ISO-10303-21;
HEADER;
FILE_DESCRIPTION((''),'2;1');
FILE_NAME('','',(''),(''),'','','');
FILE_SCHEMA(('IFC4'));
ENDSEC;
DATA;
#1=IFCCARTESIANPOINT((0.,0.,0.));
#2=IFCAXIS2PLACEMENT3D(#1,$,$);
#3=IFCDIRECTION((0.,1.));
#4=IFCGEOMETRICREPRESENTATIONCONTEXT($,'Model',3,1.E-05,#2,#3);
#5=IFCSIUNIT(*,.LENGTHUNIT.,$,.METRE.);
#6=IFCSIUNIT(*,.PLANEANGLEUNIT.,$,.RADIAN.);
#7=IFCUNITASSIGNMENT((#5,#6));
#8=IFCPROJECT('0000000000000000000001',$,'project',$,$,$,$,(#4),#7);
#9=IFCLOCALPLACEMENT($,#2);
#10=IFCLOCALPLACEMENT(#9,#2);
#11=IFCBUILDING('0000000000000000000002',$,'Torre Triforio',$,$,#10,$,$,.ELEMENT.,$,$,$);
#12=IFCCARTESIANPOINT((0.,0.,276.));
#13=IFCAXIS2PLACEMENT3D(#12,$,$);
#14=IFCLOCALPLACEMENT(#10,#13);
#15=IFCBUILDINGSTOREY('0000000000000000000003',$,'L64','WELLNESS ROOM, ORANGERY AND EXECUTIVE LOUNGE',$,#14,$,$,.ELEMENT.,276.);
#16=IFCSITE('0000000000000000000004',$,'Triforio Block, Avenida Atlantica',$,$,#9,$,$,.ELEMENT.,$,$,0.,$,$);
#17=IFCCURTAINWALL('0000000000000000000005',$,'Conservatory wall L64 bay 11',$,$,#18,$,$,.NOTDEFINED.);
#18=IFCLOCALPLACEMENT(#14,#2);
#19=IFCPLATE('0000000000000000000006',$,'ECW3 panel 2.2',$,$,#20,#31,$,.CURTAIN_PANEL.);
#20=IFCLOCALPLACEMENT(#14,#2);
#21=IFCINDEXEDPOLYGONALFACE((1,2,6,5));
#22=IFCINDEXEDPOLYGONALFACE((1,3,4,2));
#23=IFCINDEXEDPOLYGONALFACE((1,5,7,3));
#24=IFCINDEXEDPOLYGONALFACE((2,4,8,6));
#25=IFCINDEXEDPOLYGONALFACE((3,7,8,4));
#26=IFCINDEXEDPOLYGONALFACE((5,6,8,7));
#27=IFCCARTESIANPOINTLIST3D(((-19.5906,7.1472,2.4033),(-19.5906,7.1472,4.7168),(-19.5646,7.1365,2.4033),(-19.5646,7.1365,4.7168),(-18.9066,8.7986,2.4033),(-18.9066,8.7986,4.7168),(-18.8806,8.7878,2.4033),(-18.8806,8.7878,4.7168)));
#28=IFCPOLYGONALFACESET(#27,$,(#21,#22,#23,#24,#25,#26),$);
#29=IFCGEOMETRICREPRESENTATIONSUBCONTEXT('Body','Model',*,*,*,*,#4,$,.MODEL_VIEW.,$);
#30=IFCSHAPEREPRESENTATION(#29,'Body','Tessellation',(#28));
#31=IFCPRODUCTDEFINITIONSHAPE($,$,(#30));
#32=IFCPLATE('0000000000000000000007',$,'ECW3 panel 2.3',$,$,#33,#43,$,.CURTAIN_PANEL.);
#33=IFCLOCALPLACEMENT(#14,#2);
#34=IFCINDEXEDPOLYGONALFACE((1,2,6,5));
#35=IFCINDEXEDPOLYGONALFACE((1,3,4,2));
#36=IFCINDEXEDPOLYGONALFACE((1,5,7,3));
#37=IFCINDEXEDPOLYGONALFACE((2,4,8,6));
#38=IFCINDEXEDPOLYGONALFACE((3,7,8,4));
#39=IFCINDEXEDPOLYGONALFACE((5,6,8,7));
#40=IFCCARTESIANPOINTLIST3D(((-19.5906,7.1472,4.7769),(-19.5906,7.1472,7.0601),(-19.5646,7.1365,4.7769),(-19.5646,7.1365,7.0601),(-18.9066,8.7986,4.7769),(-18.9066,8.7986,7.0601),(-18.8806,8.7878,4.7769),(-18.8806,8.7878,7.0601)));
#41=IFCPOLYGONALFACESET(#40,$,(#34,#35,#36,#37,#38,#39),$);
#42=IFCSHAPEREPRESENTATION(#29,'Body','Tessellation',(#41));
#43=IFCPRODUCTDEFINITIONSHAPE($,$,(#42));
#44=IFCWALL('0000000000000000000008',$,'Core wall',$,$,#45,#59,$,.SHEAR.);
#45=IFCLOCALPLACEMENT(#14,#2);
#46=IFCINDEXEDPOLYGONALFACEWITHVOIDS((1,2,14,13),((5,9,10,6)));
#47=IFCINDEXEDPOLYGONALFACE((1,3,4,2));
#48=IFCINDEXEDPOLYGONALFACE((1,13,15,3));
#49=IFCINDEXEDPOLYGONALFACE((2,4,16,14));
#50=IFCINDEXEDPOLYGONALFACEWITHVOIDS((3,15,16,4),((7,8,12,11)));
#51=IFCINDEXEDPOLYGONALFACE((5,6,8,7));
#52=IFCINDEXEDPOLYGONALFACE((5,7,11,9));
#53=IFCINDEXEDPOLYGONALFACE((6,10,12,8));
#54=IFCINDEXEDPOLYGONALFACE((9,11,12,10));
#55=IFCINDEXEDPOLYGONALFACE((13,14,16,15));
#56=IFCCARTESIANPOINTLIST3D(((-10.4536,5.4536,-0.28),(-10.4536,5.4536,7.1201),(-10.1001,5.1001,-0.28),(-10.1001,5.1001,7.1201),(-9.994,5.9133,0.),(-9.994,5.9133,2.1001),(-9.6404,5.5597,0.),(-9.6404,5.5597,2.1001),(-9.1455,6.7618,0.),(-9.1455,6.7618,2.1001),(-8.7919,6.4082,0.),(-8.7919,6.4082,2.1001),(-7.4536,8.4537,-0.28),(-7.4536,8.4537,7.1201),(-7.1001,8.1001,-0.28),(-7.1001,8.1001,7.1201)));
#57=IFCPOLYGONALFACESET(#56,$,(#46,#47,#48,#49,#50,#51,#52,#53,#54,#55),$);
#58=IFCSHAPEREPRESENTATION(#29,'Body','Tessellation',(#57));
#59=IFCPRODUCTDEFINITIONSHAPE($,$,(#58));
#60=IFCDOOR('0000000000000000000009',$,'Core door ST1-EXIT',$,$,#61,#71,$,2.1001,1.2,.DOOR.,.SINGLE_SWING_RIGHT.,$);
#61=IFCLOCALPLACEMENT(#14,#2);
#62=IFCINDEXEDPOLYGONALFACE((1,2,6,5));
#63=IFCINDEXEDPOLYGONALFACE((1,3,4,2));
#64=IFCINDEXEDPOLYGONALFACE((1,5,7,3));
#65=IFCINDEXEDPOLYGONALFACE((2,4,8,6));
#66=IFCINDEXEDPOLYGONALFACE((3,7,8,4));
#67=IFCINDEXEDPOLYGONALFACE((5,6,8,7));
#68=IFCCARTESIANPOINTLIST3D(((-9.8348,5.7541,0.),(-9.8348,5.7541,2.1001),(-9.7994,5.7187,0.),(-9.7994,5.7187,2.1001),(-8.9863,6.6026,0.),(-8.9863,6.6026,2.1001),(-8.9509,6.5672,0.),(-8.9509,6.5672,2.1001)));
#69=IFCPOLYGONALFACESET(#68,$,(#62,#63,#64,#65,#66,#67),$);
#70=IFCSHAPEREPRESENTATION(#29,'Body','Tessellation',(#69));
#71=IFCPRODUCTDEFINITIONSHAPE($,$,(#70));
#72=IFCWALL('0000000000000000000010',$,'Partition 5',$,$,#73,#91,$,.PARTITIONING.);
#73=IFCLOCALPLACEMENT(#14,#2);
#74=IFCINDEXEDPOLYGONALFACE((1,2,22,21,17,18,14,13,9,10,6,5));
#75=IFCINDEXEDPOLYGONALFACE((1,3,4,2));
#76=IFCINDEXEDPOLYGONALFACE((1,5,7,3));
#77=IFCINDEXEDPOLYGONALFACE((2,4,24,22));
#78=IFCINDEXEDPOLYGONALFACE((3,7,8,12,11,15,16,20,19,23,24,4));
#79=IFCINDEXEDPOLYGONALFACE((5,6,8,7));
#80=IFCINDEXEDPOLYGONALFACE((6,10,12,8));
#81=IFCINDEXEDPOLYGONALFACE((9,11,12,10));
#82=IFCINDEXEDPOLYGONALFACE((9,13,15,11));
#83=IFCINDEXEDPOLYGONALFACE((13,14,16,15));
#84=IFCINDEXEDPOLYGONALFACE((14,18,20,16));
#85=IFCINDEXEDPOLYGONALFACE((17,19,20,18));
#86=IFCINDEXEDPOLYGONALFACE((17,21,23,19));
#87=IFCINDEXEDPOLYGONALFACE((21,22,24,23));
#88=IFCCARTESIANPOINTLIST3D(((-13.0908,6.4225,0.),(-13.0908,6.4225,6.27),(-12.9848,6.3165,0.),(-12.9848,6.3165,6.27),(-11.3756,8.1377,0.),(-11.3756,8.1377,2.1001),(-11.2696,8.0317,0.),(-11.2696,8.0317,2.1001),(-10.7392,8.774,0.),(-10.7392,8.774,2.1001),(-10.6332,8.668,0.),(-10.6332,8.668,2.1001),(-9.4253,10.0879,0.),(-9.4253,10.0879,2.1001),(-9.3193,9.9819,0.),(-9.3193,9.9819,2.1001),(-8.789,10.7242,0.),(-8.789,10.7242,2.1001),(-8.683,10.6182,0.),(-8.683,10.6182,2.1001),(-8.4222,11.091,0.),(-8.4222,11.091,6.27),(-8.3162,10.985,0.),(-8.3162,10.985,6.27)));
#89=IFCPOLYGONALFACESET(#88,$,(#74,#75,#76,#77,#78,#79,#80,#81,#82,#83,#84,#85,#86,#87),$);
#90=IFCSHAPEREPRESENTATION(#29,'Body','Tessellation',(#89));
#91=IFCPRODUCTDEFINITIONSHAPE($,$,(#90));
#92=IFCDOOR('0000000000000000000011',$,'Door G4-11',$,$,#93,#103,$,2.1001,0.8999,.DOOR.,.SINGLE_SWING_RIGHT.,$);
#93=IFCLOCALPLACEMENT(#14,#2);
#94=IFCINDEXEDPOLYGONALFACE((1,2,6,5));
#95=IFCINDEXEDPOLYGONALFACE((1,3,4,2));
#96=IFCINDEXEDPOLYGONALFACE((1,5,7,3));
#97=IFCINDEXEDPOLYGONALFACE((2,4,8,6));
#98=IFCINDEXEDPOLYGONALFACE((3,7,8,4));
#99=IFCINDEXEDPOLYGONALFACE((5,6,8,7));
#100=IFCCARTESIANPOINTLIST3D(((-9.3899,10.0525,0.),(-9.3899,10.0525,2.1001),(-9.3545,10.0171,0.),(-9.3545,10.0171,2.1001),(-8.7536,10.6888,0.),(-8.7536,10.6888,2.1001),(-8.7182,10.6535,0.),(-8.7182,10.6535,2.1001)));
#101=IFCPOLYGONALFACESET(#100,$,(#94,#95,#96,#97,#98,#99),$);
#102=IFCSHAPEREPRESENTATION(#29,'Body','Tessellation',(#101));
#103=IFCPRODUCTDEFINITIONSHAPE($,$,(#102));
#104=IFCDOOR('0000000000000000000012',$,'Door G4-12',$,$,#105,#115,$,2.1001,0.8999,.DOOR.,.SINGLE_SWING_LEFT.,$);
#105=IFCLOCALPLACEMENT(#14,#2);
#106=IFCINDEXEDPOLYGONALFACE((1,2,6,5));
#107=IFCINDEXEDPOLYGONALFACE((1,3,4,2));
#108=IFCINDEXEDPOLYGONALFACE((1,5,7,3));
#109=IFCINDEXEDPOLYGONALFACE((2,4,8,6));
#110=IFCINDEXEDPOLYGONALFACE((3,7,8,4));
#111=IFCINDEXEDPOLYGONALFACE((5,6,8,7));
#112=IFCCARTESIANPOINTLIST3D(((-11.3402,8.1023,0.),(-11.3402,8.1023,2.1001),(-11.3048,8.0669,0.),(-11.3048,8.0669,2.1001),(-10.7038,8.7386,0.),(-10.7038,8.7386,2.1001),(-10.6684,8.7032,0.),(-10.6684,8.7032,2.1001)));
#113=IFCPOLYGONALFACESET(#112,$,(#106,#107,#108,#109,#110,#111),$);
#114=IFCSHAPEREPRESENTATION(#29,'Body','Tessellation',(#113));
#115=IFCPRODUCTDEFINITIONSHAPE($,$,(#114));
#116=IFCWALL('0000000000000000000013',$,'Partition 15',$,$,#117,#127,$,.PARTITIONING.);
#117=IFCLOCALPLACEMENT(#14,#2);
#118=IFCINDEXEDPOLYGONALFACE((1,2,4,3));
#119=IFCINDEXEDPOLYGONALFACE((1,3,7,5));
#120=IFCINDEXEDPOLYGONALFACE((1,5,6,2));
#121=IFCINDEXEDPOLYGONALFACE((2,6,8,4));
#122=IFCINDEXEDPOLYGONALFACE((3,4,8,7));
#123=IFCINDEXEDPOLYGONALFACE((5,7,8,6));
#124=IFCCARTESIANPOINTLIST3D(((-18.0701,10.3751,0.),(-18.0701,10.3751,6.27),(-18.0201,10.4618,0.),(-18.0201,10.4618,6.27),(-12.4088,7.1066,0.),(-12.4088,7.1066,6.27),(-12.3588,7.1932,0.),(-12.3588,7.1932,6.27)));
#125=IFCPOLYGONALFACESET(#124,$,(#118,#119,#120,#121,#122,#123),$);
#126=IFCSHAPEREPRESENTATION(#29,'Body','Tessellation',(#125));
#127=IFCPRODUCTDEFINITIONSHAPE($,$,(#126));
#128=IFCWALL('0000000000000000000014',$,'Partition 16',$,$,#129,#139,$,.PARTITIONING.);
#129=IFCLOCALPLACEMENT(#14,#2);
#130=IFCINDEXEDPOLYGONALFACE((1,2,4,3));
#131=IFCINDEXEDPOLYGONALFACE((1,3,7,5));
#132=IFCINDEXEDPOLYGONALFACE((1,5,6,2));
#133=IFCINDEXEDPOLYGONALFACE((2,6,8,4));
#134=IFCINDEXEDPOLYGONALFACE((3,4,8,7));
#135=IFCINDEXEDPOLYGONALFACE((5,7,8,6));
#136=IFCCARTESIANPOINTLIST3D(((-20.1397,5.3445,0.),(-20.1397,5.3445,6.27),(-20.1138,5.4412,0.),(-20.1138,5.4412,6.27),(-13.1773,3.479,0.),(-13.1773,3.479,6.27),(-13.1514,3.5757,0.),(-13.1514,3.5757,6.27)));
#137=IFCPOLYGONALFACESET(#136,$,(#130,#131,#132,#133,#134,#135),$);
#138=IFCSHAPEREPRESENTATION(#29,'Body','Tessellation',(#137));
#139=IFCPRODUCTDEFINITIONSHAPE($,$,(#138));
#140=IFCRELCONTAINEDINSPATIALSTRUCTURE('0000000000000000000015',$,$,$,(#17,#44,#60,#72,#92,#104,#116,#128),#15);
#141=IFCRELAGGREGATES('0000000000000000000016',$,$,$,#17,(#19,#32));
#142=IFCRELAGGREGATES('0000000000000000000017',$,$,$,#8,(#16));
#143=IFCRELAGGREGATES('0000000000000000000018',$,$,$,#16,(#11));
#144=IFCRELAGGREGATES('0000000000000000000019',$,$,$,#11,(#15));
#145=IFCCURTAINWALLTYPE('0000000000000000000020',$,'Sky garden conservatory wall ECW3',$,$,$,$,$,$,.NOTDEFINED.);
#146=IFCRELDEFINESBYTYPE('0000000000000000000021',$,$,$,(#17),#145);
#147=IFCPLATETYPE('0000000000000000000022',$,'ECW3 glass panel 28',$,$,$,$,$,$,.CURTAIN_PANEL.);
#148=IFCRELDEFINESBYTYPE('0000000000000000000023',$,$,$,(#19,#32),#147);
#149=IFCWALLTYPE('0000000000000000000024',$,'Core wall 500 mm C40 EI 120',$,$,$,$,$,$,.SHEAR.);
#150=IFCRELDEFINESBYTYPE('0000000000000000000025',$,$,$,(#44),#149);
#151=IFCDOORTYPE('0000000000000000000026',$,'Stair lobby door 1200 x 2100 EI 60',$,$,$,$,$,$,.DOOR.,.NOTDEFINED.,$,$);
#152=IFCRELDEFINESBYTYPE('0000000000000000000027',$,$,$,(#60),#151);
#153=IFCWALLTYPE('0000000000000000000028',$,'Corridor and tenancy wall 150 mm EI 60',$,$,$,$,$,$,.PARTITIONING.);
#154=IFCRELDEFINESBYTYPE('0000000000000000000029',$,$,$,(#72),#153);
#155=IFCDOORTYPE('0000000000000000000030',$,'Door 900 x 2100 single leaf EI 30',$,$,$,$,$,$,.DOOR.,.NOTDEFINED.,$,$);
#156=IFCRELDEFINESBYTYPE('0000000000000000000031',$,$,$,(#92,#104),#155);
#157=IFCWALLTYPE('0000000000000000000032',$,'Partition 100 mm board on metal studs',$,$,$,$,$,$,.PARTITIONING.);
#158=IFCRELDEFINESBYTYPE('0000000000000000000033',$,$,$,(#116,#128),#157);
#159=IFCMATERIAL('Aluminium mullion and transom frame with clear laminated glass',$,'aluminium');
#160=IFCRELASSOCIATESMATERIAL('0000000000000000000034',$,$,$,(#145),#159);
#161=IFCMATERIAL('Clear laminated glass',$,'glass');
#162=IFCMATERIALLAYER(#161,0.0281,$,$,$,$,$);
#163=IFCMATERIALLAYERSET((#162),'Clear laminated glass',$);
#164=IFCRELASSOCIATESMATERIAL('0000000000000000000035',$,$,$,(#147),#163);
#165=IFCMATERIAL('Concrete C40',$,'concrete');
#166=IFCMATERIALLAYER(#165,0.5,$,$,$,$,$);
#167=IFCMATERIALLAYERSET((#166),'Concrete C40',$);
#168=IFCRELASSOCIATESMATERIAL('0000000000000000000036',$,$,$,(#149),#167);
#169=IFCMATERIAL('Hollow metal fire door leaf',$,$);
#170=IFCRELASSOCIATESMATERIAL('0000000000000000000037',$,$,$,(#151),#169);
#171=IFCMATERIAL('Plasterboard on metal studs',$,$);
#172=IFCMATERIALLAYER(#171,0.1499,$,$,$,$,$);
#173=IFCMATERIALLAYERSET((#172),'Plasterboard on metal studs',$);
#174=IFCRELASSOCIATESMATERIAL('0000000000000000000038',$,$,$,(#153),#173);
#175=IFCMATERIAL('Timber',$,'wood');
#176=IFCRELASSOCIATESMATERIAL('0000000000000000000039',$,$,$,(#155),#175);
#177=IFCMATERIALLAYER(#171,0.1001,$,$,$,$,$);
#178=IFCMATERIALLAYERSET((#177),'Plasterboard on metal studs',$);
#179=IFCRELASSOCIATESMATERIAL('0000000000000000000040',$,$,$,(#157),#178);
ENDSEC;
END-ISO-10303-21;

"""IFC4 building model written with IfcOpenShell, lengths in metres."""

from ifc_helpers import new_model, si_unit, direction, frame, frame_2d, origin, origin_2d, place, context, subcontext, project, spatial, rectangle, extrude, material, layer, layer_set, type_object, element, fill, aggregate, save


model = new_model("IFC4")

# Units and contexts
model_context = context("Model", 3, precision=1e-05, world=origin(), true_north=direction((0.0, 1.0)))
body_context = subcontext(model_context, "Body", "Model", "MODEL_VIEW")
ifc_project = project(units=[si_unit("LENGTHUNIT", "METRE"), si_unit("PLANEANGLEUNIT", "RADIAN")], contexts=[model_context])

# Site, building, storey
site_placement = place(None, origin())
site = spatial("IfcSite", under=ifc_project, at=site_placement, Name="Triforio Block, Avenida Atlantica", CompositionType="ELEMENT", RefElevation=0.0)
building_placement = place(site_placement, origin())
building = spatial("IfcBuilding", under=site, at=building_placement, Name="Torre Triforio", CompositionType="ELEMENT")
storey_placement = place(building_placement, frame((0.0, 0.0, 276.0)))
storey = spatial("IfcBuildingStorey", under=building, at=storey_placement, Name="L64", Description="WELLNESS ROOM, ORANGERY AND EXECUTIVE LOUNGE", CompositionType="ELEMENT", Elevation=276.0)

# Curtain wall
ifc_material_1 = material(Name="Aluminium mullion and transom frame with clear laminated glass", Category="aluminium")
curtain_wall_type = type_object("IfcCurtainWallType", Name="Sky garden conservatory wall ECW3", PredefinedType="NOTDEFINED", material=ifc_material_1)
curtain_wall_placement = place(storey_placement, origin())
curtain_wall = element("IfcCurtainWall", 1, at=curtain_wall_placement, inside=storey, type_object=curtain_wall_type, Name="Conservatory wall L64 bay 11", PredefinedType="NOTDEFINED")

# Shared definitions
ifc_material_2 = material(Name="Concrete C40", Category="concrete")

# Plates
ifc_material_3 = material(Name="Clear laminated glass", Category="glass")
ifc_layer_1 = layer(ifc_material_3, 0.0281)
ifc_layer_set_1 = layer_set([ifc_layer_1], Name="Clear laminated glass")
plate_type = type_object("IfcPlateType", Name="ECW3 glass panel 28", PredefinedType="CURTAIN_PANEL", material=ifc_layer_set_1)
plate_1_placement = place(storey_placement, frame((-19.2356, 7.9675, 2.4033), z_axis=(0.0, 0.0, 1.0), x_axis=(-0.382675, -0.923883, 0.0)))
plate_1 = element("IfcPlate", 2, at=plate_1_placement, type_object=plate_type, Name="ECW3 panel 2.2", PredefinedType="CURTAIN_PANEL", context=body_context, shape_type="SweptSolid", body=[
    extrude(rectangle(XDim=1.7874, YDim=0.0281, at=origin_2d()), origin(), (0.0, 0.0, 1.0), 2.3135),
])
plate_2_placement = place(storey_placement, frame((-19.2356, 7.9675, 4.7769), z_axis=(0.0, 0.0, 1.0), x_axis=(-0.382675, -0.923883, 0.0)))
plate_2 = element("IfcPlate", 3, at=plate_2_placement, type_object=plate_type, Name="ECW3 panel 2.3", PredefinedType="CURTAIN_PANEL", context=body_context, shape_type="SweptSolid", body=[
    extrude(rectangle(XDim=1.7874, YDim=0.0281, at=origin_2d()), origin(), (0.0, 0.0, 1.0), 2.2832),
])
aggregate(curtain_wall, [plate_1, plate_2])

# Wall, opening, door
ifc_layer_2 = layer(ifc_material_2, 0.5)
ifc_layer_set_2 = layer_set([ifc_layer_2], Name="Concrete C40")
wall_type_1 = type_object("IfcWallType", Name="Core wall 500 mm C40 EI 120", PredefinedType="SHEAR", material=ifc_layer_set_2)
wall_1_placement = place(storey_placement, frame((-10.2769, 5.2769, -0.28), z_axis=(0.0, 0.0, 1.0), x_axis=(0.707107, 0.707107, 0.0)))
wall_1 = element("IfcWall", 4, at=wall_1_placement, inside=storey, type_object=wall_type_1, Name="Core wall", PredefinedType="SHEAR", context=body_context, shape_type="SweptSolid", body=[
    extrude(rectangle(XDim=4.2427, YDim=0.5, at=frame_2d((2.1213, 0.0))), origin(), (0.0, 0.0, 1.0), 7.4001),
])
opening_1_placement = place(wall_1_placement, frame((0.6499, 0.0, 0.28)))
opening_1 = element("IfcOpeningElement", 5, at=opening_1_placement, cuts=wall_1, PredefinedType="OPENING", context=body_context, shape_type="SweptSolid", body=[
    extrude(rectangle(XDim=1.2, YDim=2.1001, at=frame_2d((0.6001, 1.05))), frame((0.0, 0.26, 0.0), z_axis=(0.0, -1.0, 0.0), x_axis=(1.0, 0.0, 0.0)), (0.0, 0.0, 1.0), 0.52),
])
ifc_material_4 = material(Name="Hollow metal fire door leaf")
door_type_1 = type_object("IfcDoorType", Name="Stair lobby door 1200 x 2100 EI 60", OperationType="NOTDEFINED", PredefinedType="DOOR", material=ifc_material_4)
door_1_placement = place(opening_1_placement, origin())
door_1 = element("IfcDoor", 6, at=door_1_placement, inside=storey, type_object=door_type_1, Name="Core door ST1-EXIT", OperationType="SINGLE_SWING_RIGHT", OverallHeight=2.1001, OverallWidth=1.2, PredefinedType="DOOR", context=body_context, shape_type="SweptSolid", body=[
    extrude(rectangle(XDim=1.2, YDim=2.1001, at=frame_2d((0.6001, 1.05))), frame((0.0, 0.0249, 0.0), z_axis=(0.0, -1.0, 0.0), x_axis=(1.0, 0.0, 0.0)), (0.0, 0.0, 1.0), 0.05),
])
fill(opening_1, door_1)

# Wall, openings, doors
ifc_material_5 = material(Name="Plasterboard on metal studs")
ifc_layer_3 = layer(ifc_material_5, 0.1499)
ifc_layer_set_3 = layer_set([ifc_layer_3], Name="Plasterboard on metal studs")
wall_type_2 = type_object("IfcWallType", Name="Corridor and tenancy wall 150 mm EI 60", PredefinedType="PARTITIONING", material=ifc_layer_set_3)
wall_2_placement = place(storey_placement, frame((-13.0378, 6.3694, 0.0), z_axis=(0.0, 0.0, 1.0), x_axis=(0.707107, 0.707107, 0.0)))
wall_2 = element("IfcWall", 7, at=wall_2_placement, inside=storey, type_object=wall_type_2, Name="Partition 5", PredefinedType="PARTITIONING", context=body_context, shape_type="SweptSolid", body=[
    extrude(rectangle(XDim=6.6023, YDim=0.1499, at=frame_2d((3.3013, 0.0))), origin(), (0.0, 0.0, 1.0), 6.27),
])
opening_2_placement = place(wall_2_placement, frame((5.1838, 0.0, 0.0)))
opening_2 = element("IfcOpeningElement", 8, at=opening_2_placement, cuts=wall_2, PredefinedType="OPENING", context=body_context, shape_type="SweptSolid", body=[
    extrude(rectangle(XDim=0.8999, YDim=2.1001, at=frame_2d((0.45, 1.05))), frame((0.0, 0.085, 0.0), z_axis=(0.0, -1.0, 0.0), x_axis=(1.0, 0.0, 0.0)), (0.0, 0.0, 1.0), 0.1699),
])
opening_3_placement = place(wall_2_placement, frame((2.4258, 0.0, 0.0)))
opening_3 = element("IfcOpeningElement", 9, at=opening_3_placement, cuts=wall_2, PredefinedType="OPENING", context=body_context, shape_type="SweptSolid", body=[
    extrude(rectangle(XDim=0.8999, YDim=2.1001, at=frame_2d((0.45, 1.05))), frame((0.0, 0.085, 0.0), z_axis=(0.0, -1.0, 0.0), x_axis=(1.0, 0.0, 0.0)), (0.0, 0.0, 1.0), 0.1699),
])
ifc_material_6 = material(Name="Timber", Category="wood")
door_type_2 = type_object("IfcDoorType", Name="Door 900 x 2100 single leaf EI 30", OperationType="NOTDEFINED", PredefinedType="DOOR", material=ifc_material_6)
door_2_placement = place(opening_2_placement, origin())
door_2 = element("IfcDoor", 10, at=door_2_placement, inside=storey, type_object=door_type_2, Name="Door G4-11", OperationType="SINGLE_SWING_RIGHT", OverallHeight=2.1001, OverallWidth=0.8999, PredefinedType="DOOR", context=body_context, shape_type="SweptSolid", body=[
    extrude(rectangle(XDim=0.8999, YDim=2.1001, at=frame_2d((0.45, 1.05))), frame((0.0, 0.0249, 0.0), z_axis=(0.0, -1.0, 0.0), x_axis=(1.0, 0.0, 0.0)), (0.0, 0.0, 1.0), 0.05),
])
fill(opening_2, door_2)
door_3_placement = place(opening_3_placement, origin())
door_3 = element("IfcDoor", 11, at=door_3_placement, inside=storey, type_object=door_type_2, Name="Door G4-12", OperationType="SINGLE_SWING_LEFT", OverallHeight=2.1001, OverallWidth=0.8999, PredefinedType="DOOR", context=body_context, shape_type="SweptSolid", body=[
    extrude(rectangle(XDim=0.8999, YDim=2.1001, at=frame_2d((0.45, 1.05))), frame((0.0, 0.0249, 0.0), z_axis=(0.0, -1.0, 0.0), x_axis=(1.0, 0.0, 0.0)), (0.0, 0.0, 1.0), 0.05),
])
fill(opening_3, door_3)

# Walls
ifc_layer_4 = layer(ifc_material_5, 0.1001)
ifc_layer_set_4 = layer_set([ifc_layer_4], Name="Plasterboard on metal studs")
wall_type_3 = type_object("IfcWallType", Name="Partition 100 mm board on metal studs", PredefinedType="PARTITIONING", material=ifc_layer_set_4)
wall_3_placement = place(storey_placement, frame((-12.3838, 7.1499, 0.0), z_axis=(0.0, 0.0, 1.0), x_axis=(-0.866028, 0.499995, 0.0)))
element("IfcWall", 12, at=wall_3_placement, inside=storey, type_object=wall_type_3, Name="Partition 15", PredefinedType="PARTITIONING", context=body_context, shape_type="SweptSolid", body=[
    extrude(rectangle(XDim=6.5371, YDim=0.1001, at=frame_2d((3.2686, 0.0))), origin(), (0.0, 0.0, 1.0), 6.27),
])
wall_4_placement = place(storey_placement, frame((-13.1643, 3.5273, 0.0), z_axis=(0.0, 0.0, 1.0), x_axis=(-0.965929, 0.258807, 0.0)))
element("IfcWall", 13, at=wall_4_placement, inside=storey, type_object=wall_type_3, Name="Partition 16", PredefinedType="PARTITIONING", context=body_context, shape_type="SweptSolid", body=[
    extrude(rectangle(XDim=7.208, YDim=0.1001, at=frame_2d((3.604, 0.0))), origin(), (0.0, 0.0, 1.0), 6.27),
])

save(model, "model.ifc")
